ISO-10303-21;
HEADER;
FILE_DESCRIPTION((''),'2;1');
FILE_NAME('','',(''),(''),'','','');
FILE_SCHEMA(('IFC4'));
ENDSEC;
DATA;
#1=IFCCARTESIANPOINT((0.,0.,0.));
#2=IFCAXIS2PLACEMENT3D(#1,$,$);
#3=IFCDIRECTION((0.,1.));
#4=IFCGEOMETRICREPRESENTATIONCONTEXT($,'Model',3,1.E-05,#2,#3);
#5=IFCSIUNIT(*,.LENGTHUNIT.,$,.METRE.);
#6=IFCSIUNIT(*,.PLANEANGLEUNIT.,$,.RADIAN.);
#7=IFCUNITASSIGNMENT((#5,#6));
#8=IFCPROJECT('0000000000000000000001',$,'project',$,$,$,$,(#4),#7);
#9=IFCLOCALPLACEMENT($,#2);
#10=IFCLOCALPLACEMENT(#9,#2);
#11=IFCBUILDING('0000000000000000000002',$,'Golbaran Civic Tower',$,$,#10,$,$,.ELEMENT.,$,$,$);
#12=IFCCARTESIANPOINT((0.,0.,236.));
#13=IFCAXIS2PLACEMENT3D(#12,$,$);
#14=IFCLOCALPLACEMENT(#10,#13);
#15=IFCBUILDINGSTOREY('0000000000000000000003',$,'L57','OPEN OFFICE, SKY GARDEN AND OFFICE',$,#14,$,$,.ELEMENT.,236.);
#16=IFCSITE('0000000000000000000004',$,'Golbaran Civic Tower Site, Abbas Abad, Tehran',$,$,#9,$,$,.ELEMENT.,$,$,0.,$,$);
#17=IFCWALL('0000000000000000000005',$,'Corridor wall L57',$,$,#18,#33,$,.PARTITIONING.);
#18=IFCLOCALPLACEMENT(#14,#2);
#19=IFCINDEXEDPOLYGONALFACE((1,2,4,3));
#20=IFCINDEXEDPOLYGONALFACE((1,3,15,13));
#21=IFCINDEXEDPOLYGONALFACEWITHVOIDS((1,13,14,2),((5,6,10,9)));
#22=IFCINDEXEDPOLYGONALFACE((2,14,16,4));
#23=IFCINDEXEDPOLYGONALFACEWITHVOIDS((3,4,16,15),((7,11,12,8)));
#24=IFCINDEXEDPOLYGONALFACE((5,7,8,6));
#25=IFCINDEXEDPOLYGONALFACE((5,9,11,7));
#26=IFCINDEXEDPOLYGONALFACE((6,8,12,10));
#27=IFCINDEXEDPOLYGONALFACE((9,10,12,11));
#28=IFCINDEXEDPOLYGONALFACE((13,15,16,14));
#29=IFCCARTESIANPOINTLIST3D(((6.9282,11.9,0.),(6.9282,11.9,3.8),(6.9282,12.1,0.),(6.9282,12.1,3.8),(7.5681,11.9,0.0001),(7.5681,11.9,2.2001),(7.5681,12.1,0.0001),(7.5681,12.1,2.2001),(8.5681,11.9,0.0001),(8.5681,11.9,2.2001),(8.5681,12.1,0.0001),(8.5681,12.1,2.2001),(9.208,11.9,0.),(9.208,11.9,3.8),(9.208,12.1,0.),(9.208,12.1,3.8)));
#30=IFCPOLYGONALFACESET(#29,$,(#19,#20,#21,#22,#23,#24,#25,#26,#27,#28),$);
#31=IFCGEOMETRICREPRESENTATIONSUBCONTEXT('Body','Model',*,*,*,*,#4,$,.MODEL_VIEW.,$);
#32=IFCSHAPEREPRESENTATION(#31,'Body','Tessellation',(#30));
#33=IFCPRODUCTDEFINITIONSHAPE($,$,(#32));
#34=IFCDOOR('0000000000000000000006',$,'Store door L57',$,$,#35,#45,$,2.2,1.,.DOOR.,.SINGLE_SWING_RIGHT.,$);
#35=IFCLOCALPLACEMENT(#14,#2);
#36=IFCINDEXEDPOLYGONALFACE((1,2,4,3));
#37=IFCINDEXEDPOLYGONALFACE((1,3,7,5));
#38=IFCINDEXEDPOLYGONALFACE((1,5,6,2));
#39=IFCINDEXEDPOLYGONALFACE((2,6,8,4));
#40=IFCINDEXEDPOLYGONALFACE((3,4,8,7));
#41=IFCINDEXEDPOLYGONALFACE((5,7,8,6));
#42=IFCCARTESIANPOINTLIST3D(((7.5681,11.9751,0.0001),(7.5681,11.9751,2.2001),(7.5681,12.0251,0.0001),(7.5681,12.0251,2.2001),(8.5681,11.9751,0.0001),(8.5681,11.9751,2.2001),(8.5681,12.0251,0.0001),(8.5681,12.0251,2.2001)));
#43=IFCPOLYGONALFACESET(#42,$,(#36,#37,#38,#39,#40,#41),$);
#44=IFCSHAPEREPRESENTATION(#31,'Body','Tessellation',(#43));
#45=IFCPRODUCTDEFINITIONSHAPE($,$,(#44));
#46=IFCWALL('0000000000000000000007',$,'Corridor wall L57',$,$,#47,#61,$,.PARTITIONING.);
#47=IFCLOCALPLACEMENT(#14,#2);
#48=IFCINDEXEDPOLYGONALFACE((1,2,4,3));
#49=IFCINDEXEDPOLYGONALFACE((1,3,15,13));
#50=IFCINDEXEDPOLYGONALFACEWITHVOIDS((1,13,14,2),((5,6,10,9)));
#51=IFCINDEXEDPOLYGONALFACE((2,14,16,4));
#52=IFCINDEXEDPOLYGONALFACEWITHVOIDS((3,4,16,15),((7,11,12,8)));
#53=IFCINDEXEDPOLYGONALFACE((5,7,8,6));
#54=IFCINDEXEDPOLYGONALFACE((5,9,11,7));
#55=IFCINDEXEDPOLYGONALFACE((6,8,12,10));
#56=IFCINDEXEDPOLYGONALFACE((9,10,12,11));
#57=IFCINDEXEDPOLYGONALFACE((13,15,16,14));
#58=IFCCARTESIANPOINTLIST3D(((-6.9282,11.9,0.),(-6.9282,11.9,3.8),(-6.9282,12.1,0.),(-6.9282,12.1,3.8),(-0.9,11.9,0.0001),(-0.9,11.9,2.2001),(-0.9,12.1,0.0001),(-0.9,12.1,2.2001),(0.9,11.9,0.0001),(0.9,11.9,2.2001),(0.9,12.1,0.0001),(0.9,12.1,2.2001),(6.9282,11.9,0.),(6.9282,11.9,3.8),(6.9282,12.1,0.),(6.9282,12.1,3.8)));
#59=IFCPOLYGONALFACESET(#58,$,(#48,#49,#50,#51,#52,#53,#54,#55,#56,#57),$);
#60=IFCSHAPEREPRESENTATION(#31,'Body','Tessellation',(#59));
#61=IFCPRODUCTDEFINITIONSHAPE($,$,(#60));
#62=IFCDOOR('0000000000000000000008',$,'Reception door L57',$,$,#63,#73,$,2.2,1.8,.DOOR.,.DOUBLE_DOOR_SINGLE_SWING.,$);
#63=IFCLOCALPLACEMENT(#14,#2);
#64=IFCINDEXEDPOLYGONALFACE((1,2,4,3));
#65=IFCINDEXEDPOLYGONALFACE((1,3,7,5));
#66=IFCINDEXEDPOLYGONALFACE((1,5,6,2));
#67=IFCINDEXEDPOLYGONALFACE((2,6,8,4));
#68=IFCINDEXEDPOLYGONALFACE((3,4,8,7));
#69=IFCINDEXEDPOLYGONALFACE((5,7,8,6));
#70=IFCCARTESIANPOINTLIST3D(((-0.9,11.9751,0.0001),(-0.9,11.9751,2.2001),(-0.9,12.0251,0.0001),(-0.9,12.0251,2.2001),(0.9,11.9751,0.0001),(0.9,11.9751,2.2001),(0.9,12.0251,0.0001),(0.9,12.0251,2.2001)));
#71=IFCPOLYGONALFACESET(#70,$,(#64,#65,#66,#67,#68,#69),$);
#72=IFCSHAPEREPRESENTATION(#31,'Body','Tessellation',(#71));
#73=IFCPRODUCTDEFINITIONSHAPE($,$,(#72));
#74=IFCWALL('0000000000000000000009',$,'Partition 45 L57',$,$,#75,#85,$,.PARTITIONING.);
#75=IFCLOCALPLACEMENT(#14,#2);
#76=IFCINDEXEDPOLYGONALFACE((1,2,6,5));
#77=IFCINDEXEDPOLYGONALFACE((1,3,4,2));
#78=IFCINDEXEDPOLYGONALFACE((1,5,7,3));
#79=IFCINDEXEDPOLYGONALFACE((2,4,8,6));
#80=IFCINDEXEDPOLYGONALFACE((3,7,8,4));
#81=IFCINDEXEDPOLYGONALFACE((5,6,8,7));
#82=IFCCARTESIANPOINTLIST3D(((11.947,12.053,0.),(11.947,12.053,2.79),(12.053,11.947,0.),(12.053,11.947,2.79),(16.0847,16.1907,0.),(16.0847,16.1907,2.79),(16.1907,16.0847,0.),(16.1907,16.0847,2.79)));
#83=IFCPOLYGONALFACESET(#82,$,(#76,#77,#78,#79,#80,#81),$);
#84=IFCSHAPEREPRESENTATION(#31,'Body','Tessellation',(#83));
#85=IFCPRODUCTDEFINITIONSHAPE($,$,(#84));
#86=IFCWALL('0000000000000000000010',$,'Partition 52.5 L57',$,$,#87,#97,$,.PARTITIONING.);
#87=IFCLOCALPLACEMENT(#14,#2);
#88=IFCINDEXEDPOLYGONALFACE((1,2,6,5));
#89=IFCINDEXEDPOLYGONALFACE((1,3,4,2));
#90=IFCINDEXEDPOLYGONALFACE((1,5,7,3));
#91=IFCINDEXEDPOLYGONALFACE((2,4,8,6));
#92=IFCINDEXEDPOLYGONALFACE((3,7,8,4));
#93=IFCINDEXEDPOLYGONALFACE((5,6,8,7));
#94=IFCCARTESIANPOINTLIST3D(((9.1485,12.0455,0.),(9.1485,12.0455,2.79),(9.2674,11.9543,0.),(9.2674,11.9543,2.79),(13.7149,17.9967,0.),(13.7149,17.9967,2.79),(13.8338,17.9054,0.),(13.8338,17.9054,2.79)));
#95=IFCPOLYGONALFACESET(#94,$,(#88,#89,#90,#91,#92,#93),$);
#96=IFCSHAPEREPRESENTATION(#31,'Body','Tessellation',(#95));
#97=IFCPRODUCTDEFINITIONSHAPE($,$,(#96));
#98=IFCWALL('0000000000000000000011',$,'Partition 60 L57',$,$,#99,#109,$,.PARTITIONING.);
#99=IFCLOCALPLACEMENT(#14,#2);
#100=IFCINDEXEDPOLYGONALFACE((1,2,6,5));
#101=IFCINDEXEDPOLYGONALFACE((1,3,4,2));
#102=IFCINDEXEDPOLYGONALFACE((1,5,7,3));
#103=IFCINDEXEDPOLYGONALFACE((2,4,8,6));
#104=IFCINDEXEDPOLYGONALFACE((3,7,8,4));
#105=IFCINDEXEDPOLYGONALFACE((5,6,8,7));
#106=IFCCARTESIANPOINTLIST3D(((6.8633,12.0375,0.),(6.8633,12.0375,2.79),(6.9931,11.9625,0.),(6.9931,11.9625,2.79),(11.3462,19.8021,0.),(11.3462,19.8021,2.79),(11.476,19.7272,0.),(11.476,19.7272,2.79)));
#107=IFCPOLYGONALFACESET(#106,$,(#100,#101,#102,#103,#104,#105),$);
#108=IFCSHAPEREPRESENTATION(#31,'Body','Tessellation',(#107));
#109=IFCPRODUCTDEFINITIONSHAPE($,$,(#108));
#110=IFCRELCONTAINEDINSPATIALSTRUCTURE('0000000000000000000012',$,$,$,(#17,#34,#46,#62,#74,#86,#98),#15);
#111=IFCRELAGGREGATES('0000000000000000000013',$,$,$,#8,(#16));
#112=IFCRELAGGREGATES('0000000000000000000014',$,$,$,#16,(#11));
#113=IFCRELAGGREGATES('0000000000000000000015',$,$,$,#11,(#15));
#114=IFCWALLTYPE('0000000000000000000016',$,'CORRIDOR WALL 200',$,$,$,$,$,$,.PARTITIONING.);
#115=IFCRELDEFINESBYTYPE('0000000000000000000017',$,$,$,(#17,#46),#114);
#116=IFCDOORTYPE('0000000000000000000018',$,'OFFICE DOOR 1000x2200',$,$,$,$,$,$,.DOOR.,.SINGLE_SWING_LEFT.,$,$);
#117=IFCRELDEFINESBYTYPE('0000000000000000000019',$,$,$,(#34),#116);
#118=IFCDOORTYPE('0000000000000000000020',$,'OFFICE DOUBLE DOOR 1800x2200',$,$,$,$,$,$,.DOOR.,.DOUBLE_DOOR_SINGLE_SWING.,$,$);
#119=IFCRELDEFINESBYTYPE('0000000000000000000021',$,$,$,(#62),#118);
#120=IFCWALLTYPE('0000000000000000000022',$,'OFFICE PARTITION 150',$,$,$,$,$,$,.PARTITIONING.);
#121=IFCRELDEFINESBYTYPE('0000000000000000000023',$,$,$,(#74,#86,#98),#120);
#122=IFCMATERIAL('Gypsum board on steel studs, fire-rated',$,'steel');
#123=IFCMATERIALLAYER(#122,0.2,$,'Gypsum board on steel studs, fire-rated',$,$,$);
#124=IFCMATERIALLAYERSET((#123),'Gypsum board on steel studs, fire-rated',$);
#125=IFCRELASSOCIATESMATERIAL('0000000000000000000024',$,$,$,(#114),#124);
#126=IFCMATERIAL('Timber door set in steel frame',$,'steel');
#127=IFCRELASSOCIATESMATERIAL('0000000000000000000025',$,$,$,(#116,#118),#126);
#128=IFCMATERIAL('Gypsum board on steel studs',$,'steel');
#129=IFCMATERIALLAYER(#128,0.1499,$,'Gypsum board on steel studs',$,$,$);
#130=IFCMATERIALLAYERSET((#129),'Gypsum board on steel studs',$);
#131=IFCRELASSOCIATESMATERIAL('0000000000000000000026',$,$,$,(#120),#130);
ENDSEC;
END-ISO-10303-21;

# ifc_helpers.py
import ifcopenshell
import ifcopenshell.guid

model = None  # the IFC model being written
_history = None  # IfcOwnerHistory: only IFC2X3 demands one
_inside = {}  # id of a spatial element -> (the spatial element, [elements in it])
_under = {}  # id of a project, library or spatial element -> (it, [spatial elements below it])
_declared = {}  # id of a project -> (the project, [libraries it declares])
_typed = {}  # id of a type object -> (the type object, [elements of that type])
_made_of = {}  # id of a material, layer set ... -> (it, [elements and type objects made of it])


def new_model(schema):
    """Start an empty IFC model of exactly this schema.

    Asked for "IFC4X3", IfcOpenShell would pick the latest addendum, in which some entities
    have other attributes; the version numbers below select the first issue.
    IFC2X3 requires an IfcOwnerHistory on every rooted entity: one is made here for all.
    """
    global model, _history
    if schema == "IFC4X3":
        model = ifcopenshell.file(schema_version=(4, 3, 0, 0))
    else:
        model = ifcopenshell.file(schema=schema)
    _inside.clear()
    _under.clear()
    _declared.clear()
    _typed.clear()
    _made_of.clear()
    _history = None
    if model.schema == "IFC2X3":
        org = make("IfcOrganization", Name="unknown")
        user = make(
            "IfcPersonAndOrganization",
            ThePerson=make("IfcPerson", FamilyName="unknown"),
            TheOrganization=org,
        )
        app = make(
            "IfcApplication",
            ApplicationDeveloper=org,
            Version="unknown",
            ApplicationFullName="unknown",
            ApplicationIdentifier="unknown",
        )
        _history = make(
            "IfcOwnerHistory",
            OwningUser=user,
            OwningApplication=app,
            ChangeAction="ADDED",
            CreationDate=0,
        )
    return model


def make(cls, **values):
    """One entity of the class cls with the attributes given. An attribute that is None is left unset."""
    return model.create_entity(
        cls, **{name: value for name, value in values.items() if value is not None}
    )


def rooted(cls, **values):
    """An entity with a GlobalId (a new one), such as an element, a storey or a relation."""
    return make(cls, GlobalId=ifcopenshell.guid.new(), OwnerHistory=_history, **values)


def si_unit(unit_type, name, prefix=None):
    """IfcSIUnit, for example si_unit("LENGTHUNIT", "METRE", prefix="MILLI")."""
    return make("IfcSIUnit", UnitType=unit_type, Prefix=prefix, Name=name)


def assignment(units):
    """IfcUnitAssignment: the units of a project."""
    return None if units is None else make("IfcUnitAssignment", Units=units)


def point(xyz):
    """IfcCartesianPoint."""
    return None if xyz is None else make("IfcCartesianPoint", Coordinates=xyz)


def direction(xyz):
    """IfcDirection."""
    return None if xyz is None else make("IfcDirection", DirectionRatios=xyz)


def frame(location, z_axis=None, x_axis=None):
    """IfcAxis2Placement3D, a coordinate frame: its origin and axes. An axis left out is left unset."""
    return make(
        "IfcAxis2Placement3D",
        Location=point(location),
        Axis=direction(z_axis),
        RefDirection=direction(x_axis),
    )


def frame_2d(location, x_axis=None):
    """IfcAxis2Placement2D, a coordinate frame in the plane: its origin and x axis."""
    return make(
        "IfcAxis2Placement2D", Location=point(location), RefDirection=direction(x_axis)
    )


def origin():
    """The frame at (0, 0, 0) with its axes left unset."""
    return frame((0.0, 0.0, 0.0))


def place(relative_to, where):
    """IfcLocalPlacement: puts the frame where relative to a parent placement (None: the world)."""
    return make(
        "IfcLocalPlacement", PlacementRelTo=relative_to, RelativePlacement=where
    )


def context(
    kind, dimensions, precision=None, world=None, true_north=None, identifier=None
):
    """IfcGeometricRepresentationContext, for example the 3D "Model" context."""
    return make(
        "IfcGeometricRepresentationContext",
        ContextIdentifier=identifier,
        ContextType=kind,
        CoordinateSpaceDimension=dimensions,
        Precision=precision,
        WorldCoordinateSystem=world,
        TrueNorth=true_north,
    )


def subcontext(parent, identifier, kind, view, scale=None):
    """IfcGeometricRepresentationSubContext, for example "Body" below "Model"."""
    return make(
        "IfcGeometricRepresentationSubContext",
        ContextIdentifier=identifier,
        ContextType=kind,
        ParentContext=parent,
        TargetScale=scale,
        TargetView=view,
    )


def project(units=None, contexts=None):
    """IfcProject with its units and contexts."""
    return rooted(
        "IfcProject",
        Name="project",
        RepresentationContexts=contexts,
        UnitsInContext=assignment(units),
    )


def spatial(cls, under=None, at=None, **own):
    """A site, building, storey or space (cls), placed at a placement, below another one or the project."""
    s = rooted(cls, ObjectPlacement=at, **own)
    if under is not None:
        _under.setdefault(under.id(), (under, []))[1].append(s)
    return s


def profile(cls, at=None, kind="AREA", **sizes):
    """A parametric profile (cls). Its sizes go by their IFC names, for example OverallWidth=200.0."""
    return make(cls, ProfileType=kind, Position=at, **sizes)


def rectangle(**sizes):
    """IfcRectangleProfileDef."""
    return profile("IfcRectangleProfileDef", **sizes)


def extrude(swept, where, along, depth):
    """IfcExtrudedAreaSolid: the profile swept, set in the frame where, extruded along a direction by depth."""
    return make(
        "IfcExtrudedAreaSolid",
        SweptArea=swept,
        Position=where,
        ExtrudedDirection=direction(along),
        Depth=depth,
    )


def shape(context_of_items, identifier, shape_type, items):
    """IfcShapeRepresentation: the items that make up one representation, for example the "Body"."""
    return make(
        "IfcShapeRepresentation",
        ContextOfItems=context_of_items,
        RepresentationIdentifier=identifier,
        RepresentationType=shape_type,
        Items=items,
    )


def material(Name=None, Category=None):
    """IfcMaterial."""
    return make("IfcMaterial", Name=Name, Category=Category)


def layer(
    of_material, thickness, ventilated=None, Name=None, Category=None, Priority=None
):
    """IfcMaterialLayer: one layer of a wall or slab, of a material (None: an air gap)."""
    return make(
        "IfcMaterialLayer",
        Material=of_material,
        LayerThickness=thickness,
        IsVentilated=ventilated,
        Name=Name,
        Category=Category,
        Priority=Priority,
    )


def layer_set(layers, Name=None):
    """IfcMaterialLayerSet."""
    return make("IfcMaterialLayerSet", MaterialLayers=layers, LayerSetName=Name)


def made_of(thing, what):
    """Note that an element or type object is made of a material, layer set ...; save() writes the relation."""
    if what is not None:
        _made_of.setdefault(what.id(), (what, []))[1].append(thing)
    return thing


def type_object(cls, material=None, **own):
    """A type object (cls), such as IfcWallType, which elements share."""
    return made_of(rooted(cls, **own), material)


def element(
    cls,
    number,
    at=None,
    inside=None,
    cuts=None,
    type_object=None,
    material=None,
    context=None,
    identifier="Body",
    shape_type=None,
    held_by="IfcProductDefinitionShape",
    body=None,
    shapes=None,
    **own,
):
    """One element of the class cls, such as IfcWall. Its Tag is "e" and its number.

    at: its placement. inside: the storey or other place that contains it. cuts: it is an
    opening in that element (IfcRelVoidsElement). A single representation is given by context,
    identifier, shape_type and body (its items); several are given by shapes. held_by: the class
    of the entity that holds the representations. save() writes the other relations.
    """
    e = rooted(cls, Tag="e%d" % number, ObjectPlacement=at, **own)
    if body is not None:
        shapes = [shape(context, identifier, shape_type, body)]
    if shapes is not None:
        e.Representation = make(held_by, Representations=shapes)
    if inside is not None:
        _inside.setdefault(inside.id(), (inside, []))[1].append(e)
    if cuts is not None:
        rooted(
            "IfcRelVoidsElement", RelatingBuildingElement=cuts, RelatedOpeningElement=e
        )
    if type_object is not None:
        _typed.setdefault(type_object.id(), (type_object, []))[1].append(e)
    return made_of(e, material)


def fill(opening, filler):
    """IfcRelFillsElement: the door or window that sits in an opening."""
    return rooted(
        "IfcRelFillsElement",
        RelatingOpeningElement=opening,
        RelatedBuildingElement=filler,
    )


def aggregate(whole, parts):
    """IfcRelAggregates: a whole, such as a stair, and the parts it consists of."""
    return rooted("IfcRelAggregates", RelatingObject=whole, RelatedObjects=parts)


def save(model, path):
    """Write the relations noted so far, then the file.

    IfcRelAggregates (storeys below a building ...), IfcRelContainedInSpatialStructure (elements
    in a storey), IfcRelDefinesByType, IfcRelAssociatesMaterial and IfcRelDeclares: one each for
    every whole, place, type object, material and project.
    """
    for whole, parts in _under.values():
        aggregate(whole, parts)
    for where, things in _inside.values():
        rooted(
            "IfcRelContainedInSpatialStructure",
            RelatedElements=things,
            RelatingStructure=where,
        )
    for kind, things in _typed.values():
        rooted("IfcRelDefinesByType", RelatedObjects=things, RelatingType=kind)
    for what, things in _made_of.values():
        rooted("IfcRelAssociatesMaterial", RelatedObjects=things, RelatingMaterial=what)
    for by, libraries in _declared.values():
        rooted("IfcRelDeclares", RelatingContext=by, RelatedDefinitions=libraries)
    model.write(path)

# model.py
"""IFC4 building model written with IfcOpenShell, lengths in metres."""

from ifc_helpers import new_model, si_unit, direction, frame, frame_2d, origin, place, context, subcontext, project, spatial, rectangle, extrude, material, layer, layer_set, type_object, element, fill, save


model = new_model("IFC4")

# Units and contexts
model_context = context("Model", 3, precision=1e-05, world=origin(), true_north=direction((0.0, 1.0)))
body_context = subcontext(model_context, "Body", "Model", "MODEL_VIEW")
ifc_project = project(units=[si_unit("LENGTHUNIT", "METRE"), si_unit("PLANEANGLEUNIT", "RADIAN")], contexts=[model_context])

# Site, building, storey
site_placement = place(None, origin())
site = spatial("IfcSite", under=ifc_project, at=site_placement, Name="Golbaran Civic Tower Site, Abbas Abad, Tehran", CompositionType="ELEMENT", RefElevation=0.0)
building_placement = place(site_placement, origin())
building = spatial("IfcBuilding", under=site, at=building_placement, Name="Golbaran Civic Tower", CompositionType="ELEMENT")
storey_placement = place(building_placement, frame((0.0, 0.0, 236.0)))
storey = spatial("IfcBuildingStorey", under=building, at=storey_placement, Name="L57", Description="OPEN OFFICE, SKY GARDEN AND OFFICE", CompositionType="ELEMENT", Elevation=236.0)

# Walls, openings, doors
ifc_material_1 = material(Name="Gypsum board on steel studs, fire-rated", Category="steel")
ifc_layer_1 = layer(ifc_material_1, 0.2, Name="Gypsum board on steel studs, fire-rated")
ifc_layer_set_1 = layer_set([ifc_layer_1], Name="Gypsum board on steel studs, fire-rated")
wall_type_1 = type_object("IfcWallType", Name="CORRIDOR WALL 200", PredefinedType="PARTITIONING", material=ifc_layer_set_1)
ifc_material_2 = material(Name="Timber door set in steel frame", Category="steel")
door_type_1 = type_object("IfcDoorType", Name="OFFICE DOOR 1000x2200", OperationType="SINGLE_SWING_LEFT", PredefinedType="DOOR", material=ifc_material_2)
wall_1_placement = place(storey_placement, frame((9.208, 12.0, 0.0), z_axis=(0.0, 0.0, 1.0), x_axis=(-1.0, 0.0, 0.0)))
wall_1 = element("IfcWall", 1, at=wall_1_placement, inside=storey, type_object=wall_type_1, Name="Corridor wall L57", PredefinedType="PARTITIONING", context=body_context, shape_type="SweptSolid", body=[
    extrude(rectangle(XDim=2.2798, YDim=0.2, at=frame_2d((1.1399, 0.0))), origin(), (0.0, 0.0, 1.0), 3.8),
])
opening_1_placement = place(wall_1_placement, frame((0.6399, 0.0, 0.0)))
opening_1 = element("IfcOpeningElement", 2, at=opening_1_placement, cuts=wall_1, PredefinedType="OPENING", context=body_context, shape_type="SweptSolid", body=[
    extrude(rectangle(XDim=1.0, YDim=2.2, at=frame_2d((0.5, 1.1001))), frame((0.0, 0.1099, 0.0), z_axis=(0.0, -1.0, 0.0), x_axis=(1.0, 0.0, 0.0)), (0.0, 0.0, 1.0), 0.22),
])
door_1_placement = place(opening_1_placement, origin())
door_1 = element("IfcDoor", 3, at=door_1_placement, inside=storey, type_object=door_type_1, Name="Store door L57", OperationType="SINGLE_SWING_RIGHT", OverallHeight=2.2, OverallWidth=1.0, PredefinedType="DOOR", context=body_context, shape_type="SweptSolid", body=[
    extrude(rectangle(XDim=1.0, YDim=2.2, at=frame_2d((0.5, 1.1001))), frame((0.0, 0.0249, 0.0), z_axis=(0.0, -1.0, 0.0), x_axis=(1.0, 0.0, 0.0)), (0.0, 0.0, 1.0), 0.05),
])
fill(opening_1, door_1)
wall_2_placement = place(storey_placement, frame((6.9282, 12.0, 0.0), z_axis=(0.0, 0.0, 1.0), x_axis=(-1.0, 0.0, 0.0)))
wall_2 = element("IfcWall", 4, at=wall_2_placement, inside=storey, type_object=wall_type_1, Name="Corridor wall L57", PredefinedType="PARTITIONING", context=body_context, shape_type="SweptSolid", body=[
    extrude(rectangle(XDim=13.8564, YDim=0.2, at=frame_2d((6.9282, 0.0))), origin(), (0.0, 0.0, 1.0), 3.8),
])
opening_2_placement = place(wall_2_placement, frame((6.0283, 0.0, 0.0)))
opening_2 = element("IfcOpeningElement", 5, at=opening_2_placement, cuts=wall_2, PredefinedType="OPENING", context=body_context, shape_type="SweptSolid", body=[
    extrude(rectangle(XDim=1.8, YDim=2.2, at=frame_2d((0.8999, 1.1001))), frame((0.0, 0.1099, 0.0), z_axis=(0.0, -1.0, 0.0), x_axis=(1.0, 0.0, 0.0)), (0.0, 0.0, 1.0), 0.22),
])
door_type_2 = type_object("IfcDoorType", Name="OFFICE DOUBLE DOOR 1800x2200", OperationType="DOUBLE_DOOR_SINGLE_SWING", PredefinedType="DOOR", material=ifc_material_2)
door_2_placement = place(opening_2_placement, origin())
door_2 = element("IfcDoor", 6, at=door_2_placement, inside=storey, type_object=door_type_2, Name="Reception door L57", OperationType="DOUBLE_DOOR_SINGLE_SWING", OverallHeight=2.2, OverallWidth=1.8, PredefinedType="DOOR", context=body_context, shape_type="SweptSolid", body=[
    extrude(rectangle(XDim=1.8, YDim=2.2, at=frame_2d((0.8999, 1.1001))), frame((0.0, 0.0249, 0.0), z_axis=(0.0, -1.0, 0.0), x_axis=(1.0, 0.0, 0.0)), (0.0, 0.0, 1.0), 0.05),
])
fill(opening_2, door_2)

# Walls
ifc_material_3 = material(Name="Gypsum board on steel studs", Category="steel")
ifc_layer_2 = layer(ifc_material_3, 0.1499, Name="Gypsum board on steel studs")
ifc_layer_set_2 = layer_set([ifc_layer_2], Name="Gypsum board on steel studs")
wall_type_2 = type_object("IfcWallType", Name="OFFICE PARTITION 150", PredefinedType="PARTITIONING", material=ifc_layer_set_2)
wall_3_placement = place(storey_placement, frame((12.0, 12.0, 0.0), z_axis=(0.0, 0.0, 1.0), x_axis=(0.707107, 0.707107, 0.0)))
element("IfcWall", 7, at=wall_3_placement, inside=storey, type_object=wall_type_2, Name="Partition 45 L57", PredefinedType="PARTITIONING", context=body_context, shape_type="SweptSolid", body=[
    extrude(rectangle(XDim=5.8516, YDim=0.1499, at=frame_2d((2.9258, 0.0))), origin(), (0.0, 0.0, 1.0), 2.79),
])
wall_4_placement = place(storey_placement, frame((9.208, 12.0, 0.0), z_axis=(0.0, 0.0, 1.0), x_axis=(0.608754, 0.793359, 0.0)))
element("IfcWall", 8, at=wall_4_placement, inside=storey, type_object=wall_type_2, Name="Partition 52.5 L57", PredefinedType="PARTITIONING", context=body_context, shape_type="SweptSolid", body=[
    extrude(rectangle(XDim=7.5012, YDim=0.1499, at=frame_2d((3.7505, 0.0))), origin(), (0.0, 0.0, 1.0), 2.79),
])
wall_5_placement = place(storey_placement, frame((6.9282, 12.0, 0.0), z_axis=(0.0, 0.0, 1.0), x_axis=(0.499999, 0.866026, 0.0)))
element("IfcWall", 9, at=wall_5_placement, inside=storey, type_object=wall_type_2, Name="Partition 60 L57", PredefinedType="PARTITIONING", context=body_context, shape_type="SweptSolid", body=[
    extrude(rectangle(XDim=8.9658, YDim=0.1499, at=frame_2d((4.4829, 0.0))), origin(), (0.0, 0.0, 1.0), 2.79),
])

save(model, "model.ifc")
